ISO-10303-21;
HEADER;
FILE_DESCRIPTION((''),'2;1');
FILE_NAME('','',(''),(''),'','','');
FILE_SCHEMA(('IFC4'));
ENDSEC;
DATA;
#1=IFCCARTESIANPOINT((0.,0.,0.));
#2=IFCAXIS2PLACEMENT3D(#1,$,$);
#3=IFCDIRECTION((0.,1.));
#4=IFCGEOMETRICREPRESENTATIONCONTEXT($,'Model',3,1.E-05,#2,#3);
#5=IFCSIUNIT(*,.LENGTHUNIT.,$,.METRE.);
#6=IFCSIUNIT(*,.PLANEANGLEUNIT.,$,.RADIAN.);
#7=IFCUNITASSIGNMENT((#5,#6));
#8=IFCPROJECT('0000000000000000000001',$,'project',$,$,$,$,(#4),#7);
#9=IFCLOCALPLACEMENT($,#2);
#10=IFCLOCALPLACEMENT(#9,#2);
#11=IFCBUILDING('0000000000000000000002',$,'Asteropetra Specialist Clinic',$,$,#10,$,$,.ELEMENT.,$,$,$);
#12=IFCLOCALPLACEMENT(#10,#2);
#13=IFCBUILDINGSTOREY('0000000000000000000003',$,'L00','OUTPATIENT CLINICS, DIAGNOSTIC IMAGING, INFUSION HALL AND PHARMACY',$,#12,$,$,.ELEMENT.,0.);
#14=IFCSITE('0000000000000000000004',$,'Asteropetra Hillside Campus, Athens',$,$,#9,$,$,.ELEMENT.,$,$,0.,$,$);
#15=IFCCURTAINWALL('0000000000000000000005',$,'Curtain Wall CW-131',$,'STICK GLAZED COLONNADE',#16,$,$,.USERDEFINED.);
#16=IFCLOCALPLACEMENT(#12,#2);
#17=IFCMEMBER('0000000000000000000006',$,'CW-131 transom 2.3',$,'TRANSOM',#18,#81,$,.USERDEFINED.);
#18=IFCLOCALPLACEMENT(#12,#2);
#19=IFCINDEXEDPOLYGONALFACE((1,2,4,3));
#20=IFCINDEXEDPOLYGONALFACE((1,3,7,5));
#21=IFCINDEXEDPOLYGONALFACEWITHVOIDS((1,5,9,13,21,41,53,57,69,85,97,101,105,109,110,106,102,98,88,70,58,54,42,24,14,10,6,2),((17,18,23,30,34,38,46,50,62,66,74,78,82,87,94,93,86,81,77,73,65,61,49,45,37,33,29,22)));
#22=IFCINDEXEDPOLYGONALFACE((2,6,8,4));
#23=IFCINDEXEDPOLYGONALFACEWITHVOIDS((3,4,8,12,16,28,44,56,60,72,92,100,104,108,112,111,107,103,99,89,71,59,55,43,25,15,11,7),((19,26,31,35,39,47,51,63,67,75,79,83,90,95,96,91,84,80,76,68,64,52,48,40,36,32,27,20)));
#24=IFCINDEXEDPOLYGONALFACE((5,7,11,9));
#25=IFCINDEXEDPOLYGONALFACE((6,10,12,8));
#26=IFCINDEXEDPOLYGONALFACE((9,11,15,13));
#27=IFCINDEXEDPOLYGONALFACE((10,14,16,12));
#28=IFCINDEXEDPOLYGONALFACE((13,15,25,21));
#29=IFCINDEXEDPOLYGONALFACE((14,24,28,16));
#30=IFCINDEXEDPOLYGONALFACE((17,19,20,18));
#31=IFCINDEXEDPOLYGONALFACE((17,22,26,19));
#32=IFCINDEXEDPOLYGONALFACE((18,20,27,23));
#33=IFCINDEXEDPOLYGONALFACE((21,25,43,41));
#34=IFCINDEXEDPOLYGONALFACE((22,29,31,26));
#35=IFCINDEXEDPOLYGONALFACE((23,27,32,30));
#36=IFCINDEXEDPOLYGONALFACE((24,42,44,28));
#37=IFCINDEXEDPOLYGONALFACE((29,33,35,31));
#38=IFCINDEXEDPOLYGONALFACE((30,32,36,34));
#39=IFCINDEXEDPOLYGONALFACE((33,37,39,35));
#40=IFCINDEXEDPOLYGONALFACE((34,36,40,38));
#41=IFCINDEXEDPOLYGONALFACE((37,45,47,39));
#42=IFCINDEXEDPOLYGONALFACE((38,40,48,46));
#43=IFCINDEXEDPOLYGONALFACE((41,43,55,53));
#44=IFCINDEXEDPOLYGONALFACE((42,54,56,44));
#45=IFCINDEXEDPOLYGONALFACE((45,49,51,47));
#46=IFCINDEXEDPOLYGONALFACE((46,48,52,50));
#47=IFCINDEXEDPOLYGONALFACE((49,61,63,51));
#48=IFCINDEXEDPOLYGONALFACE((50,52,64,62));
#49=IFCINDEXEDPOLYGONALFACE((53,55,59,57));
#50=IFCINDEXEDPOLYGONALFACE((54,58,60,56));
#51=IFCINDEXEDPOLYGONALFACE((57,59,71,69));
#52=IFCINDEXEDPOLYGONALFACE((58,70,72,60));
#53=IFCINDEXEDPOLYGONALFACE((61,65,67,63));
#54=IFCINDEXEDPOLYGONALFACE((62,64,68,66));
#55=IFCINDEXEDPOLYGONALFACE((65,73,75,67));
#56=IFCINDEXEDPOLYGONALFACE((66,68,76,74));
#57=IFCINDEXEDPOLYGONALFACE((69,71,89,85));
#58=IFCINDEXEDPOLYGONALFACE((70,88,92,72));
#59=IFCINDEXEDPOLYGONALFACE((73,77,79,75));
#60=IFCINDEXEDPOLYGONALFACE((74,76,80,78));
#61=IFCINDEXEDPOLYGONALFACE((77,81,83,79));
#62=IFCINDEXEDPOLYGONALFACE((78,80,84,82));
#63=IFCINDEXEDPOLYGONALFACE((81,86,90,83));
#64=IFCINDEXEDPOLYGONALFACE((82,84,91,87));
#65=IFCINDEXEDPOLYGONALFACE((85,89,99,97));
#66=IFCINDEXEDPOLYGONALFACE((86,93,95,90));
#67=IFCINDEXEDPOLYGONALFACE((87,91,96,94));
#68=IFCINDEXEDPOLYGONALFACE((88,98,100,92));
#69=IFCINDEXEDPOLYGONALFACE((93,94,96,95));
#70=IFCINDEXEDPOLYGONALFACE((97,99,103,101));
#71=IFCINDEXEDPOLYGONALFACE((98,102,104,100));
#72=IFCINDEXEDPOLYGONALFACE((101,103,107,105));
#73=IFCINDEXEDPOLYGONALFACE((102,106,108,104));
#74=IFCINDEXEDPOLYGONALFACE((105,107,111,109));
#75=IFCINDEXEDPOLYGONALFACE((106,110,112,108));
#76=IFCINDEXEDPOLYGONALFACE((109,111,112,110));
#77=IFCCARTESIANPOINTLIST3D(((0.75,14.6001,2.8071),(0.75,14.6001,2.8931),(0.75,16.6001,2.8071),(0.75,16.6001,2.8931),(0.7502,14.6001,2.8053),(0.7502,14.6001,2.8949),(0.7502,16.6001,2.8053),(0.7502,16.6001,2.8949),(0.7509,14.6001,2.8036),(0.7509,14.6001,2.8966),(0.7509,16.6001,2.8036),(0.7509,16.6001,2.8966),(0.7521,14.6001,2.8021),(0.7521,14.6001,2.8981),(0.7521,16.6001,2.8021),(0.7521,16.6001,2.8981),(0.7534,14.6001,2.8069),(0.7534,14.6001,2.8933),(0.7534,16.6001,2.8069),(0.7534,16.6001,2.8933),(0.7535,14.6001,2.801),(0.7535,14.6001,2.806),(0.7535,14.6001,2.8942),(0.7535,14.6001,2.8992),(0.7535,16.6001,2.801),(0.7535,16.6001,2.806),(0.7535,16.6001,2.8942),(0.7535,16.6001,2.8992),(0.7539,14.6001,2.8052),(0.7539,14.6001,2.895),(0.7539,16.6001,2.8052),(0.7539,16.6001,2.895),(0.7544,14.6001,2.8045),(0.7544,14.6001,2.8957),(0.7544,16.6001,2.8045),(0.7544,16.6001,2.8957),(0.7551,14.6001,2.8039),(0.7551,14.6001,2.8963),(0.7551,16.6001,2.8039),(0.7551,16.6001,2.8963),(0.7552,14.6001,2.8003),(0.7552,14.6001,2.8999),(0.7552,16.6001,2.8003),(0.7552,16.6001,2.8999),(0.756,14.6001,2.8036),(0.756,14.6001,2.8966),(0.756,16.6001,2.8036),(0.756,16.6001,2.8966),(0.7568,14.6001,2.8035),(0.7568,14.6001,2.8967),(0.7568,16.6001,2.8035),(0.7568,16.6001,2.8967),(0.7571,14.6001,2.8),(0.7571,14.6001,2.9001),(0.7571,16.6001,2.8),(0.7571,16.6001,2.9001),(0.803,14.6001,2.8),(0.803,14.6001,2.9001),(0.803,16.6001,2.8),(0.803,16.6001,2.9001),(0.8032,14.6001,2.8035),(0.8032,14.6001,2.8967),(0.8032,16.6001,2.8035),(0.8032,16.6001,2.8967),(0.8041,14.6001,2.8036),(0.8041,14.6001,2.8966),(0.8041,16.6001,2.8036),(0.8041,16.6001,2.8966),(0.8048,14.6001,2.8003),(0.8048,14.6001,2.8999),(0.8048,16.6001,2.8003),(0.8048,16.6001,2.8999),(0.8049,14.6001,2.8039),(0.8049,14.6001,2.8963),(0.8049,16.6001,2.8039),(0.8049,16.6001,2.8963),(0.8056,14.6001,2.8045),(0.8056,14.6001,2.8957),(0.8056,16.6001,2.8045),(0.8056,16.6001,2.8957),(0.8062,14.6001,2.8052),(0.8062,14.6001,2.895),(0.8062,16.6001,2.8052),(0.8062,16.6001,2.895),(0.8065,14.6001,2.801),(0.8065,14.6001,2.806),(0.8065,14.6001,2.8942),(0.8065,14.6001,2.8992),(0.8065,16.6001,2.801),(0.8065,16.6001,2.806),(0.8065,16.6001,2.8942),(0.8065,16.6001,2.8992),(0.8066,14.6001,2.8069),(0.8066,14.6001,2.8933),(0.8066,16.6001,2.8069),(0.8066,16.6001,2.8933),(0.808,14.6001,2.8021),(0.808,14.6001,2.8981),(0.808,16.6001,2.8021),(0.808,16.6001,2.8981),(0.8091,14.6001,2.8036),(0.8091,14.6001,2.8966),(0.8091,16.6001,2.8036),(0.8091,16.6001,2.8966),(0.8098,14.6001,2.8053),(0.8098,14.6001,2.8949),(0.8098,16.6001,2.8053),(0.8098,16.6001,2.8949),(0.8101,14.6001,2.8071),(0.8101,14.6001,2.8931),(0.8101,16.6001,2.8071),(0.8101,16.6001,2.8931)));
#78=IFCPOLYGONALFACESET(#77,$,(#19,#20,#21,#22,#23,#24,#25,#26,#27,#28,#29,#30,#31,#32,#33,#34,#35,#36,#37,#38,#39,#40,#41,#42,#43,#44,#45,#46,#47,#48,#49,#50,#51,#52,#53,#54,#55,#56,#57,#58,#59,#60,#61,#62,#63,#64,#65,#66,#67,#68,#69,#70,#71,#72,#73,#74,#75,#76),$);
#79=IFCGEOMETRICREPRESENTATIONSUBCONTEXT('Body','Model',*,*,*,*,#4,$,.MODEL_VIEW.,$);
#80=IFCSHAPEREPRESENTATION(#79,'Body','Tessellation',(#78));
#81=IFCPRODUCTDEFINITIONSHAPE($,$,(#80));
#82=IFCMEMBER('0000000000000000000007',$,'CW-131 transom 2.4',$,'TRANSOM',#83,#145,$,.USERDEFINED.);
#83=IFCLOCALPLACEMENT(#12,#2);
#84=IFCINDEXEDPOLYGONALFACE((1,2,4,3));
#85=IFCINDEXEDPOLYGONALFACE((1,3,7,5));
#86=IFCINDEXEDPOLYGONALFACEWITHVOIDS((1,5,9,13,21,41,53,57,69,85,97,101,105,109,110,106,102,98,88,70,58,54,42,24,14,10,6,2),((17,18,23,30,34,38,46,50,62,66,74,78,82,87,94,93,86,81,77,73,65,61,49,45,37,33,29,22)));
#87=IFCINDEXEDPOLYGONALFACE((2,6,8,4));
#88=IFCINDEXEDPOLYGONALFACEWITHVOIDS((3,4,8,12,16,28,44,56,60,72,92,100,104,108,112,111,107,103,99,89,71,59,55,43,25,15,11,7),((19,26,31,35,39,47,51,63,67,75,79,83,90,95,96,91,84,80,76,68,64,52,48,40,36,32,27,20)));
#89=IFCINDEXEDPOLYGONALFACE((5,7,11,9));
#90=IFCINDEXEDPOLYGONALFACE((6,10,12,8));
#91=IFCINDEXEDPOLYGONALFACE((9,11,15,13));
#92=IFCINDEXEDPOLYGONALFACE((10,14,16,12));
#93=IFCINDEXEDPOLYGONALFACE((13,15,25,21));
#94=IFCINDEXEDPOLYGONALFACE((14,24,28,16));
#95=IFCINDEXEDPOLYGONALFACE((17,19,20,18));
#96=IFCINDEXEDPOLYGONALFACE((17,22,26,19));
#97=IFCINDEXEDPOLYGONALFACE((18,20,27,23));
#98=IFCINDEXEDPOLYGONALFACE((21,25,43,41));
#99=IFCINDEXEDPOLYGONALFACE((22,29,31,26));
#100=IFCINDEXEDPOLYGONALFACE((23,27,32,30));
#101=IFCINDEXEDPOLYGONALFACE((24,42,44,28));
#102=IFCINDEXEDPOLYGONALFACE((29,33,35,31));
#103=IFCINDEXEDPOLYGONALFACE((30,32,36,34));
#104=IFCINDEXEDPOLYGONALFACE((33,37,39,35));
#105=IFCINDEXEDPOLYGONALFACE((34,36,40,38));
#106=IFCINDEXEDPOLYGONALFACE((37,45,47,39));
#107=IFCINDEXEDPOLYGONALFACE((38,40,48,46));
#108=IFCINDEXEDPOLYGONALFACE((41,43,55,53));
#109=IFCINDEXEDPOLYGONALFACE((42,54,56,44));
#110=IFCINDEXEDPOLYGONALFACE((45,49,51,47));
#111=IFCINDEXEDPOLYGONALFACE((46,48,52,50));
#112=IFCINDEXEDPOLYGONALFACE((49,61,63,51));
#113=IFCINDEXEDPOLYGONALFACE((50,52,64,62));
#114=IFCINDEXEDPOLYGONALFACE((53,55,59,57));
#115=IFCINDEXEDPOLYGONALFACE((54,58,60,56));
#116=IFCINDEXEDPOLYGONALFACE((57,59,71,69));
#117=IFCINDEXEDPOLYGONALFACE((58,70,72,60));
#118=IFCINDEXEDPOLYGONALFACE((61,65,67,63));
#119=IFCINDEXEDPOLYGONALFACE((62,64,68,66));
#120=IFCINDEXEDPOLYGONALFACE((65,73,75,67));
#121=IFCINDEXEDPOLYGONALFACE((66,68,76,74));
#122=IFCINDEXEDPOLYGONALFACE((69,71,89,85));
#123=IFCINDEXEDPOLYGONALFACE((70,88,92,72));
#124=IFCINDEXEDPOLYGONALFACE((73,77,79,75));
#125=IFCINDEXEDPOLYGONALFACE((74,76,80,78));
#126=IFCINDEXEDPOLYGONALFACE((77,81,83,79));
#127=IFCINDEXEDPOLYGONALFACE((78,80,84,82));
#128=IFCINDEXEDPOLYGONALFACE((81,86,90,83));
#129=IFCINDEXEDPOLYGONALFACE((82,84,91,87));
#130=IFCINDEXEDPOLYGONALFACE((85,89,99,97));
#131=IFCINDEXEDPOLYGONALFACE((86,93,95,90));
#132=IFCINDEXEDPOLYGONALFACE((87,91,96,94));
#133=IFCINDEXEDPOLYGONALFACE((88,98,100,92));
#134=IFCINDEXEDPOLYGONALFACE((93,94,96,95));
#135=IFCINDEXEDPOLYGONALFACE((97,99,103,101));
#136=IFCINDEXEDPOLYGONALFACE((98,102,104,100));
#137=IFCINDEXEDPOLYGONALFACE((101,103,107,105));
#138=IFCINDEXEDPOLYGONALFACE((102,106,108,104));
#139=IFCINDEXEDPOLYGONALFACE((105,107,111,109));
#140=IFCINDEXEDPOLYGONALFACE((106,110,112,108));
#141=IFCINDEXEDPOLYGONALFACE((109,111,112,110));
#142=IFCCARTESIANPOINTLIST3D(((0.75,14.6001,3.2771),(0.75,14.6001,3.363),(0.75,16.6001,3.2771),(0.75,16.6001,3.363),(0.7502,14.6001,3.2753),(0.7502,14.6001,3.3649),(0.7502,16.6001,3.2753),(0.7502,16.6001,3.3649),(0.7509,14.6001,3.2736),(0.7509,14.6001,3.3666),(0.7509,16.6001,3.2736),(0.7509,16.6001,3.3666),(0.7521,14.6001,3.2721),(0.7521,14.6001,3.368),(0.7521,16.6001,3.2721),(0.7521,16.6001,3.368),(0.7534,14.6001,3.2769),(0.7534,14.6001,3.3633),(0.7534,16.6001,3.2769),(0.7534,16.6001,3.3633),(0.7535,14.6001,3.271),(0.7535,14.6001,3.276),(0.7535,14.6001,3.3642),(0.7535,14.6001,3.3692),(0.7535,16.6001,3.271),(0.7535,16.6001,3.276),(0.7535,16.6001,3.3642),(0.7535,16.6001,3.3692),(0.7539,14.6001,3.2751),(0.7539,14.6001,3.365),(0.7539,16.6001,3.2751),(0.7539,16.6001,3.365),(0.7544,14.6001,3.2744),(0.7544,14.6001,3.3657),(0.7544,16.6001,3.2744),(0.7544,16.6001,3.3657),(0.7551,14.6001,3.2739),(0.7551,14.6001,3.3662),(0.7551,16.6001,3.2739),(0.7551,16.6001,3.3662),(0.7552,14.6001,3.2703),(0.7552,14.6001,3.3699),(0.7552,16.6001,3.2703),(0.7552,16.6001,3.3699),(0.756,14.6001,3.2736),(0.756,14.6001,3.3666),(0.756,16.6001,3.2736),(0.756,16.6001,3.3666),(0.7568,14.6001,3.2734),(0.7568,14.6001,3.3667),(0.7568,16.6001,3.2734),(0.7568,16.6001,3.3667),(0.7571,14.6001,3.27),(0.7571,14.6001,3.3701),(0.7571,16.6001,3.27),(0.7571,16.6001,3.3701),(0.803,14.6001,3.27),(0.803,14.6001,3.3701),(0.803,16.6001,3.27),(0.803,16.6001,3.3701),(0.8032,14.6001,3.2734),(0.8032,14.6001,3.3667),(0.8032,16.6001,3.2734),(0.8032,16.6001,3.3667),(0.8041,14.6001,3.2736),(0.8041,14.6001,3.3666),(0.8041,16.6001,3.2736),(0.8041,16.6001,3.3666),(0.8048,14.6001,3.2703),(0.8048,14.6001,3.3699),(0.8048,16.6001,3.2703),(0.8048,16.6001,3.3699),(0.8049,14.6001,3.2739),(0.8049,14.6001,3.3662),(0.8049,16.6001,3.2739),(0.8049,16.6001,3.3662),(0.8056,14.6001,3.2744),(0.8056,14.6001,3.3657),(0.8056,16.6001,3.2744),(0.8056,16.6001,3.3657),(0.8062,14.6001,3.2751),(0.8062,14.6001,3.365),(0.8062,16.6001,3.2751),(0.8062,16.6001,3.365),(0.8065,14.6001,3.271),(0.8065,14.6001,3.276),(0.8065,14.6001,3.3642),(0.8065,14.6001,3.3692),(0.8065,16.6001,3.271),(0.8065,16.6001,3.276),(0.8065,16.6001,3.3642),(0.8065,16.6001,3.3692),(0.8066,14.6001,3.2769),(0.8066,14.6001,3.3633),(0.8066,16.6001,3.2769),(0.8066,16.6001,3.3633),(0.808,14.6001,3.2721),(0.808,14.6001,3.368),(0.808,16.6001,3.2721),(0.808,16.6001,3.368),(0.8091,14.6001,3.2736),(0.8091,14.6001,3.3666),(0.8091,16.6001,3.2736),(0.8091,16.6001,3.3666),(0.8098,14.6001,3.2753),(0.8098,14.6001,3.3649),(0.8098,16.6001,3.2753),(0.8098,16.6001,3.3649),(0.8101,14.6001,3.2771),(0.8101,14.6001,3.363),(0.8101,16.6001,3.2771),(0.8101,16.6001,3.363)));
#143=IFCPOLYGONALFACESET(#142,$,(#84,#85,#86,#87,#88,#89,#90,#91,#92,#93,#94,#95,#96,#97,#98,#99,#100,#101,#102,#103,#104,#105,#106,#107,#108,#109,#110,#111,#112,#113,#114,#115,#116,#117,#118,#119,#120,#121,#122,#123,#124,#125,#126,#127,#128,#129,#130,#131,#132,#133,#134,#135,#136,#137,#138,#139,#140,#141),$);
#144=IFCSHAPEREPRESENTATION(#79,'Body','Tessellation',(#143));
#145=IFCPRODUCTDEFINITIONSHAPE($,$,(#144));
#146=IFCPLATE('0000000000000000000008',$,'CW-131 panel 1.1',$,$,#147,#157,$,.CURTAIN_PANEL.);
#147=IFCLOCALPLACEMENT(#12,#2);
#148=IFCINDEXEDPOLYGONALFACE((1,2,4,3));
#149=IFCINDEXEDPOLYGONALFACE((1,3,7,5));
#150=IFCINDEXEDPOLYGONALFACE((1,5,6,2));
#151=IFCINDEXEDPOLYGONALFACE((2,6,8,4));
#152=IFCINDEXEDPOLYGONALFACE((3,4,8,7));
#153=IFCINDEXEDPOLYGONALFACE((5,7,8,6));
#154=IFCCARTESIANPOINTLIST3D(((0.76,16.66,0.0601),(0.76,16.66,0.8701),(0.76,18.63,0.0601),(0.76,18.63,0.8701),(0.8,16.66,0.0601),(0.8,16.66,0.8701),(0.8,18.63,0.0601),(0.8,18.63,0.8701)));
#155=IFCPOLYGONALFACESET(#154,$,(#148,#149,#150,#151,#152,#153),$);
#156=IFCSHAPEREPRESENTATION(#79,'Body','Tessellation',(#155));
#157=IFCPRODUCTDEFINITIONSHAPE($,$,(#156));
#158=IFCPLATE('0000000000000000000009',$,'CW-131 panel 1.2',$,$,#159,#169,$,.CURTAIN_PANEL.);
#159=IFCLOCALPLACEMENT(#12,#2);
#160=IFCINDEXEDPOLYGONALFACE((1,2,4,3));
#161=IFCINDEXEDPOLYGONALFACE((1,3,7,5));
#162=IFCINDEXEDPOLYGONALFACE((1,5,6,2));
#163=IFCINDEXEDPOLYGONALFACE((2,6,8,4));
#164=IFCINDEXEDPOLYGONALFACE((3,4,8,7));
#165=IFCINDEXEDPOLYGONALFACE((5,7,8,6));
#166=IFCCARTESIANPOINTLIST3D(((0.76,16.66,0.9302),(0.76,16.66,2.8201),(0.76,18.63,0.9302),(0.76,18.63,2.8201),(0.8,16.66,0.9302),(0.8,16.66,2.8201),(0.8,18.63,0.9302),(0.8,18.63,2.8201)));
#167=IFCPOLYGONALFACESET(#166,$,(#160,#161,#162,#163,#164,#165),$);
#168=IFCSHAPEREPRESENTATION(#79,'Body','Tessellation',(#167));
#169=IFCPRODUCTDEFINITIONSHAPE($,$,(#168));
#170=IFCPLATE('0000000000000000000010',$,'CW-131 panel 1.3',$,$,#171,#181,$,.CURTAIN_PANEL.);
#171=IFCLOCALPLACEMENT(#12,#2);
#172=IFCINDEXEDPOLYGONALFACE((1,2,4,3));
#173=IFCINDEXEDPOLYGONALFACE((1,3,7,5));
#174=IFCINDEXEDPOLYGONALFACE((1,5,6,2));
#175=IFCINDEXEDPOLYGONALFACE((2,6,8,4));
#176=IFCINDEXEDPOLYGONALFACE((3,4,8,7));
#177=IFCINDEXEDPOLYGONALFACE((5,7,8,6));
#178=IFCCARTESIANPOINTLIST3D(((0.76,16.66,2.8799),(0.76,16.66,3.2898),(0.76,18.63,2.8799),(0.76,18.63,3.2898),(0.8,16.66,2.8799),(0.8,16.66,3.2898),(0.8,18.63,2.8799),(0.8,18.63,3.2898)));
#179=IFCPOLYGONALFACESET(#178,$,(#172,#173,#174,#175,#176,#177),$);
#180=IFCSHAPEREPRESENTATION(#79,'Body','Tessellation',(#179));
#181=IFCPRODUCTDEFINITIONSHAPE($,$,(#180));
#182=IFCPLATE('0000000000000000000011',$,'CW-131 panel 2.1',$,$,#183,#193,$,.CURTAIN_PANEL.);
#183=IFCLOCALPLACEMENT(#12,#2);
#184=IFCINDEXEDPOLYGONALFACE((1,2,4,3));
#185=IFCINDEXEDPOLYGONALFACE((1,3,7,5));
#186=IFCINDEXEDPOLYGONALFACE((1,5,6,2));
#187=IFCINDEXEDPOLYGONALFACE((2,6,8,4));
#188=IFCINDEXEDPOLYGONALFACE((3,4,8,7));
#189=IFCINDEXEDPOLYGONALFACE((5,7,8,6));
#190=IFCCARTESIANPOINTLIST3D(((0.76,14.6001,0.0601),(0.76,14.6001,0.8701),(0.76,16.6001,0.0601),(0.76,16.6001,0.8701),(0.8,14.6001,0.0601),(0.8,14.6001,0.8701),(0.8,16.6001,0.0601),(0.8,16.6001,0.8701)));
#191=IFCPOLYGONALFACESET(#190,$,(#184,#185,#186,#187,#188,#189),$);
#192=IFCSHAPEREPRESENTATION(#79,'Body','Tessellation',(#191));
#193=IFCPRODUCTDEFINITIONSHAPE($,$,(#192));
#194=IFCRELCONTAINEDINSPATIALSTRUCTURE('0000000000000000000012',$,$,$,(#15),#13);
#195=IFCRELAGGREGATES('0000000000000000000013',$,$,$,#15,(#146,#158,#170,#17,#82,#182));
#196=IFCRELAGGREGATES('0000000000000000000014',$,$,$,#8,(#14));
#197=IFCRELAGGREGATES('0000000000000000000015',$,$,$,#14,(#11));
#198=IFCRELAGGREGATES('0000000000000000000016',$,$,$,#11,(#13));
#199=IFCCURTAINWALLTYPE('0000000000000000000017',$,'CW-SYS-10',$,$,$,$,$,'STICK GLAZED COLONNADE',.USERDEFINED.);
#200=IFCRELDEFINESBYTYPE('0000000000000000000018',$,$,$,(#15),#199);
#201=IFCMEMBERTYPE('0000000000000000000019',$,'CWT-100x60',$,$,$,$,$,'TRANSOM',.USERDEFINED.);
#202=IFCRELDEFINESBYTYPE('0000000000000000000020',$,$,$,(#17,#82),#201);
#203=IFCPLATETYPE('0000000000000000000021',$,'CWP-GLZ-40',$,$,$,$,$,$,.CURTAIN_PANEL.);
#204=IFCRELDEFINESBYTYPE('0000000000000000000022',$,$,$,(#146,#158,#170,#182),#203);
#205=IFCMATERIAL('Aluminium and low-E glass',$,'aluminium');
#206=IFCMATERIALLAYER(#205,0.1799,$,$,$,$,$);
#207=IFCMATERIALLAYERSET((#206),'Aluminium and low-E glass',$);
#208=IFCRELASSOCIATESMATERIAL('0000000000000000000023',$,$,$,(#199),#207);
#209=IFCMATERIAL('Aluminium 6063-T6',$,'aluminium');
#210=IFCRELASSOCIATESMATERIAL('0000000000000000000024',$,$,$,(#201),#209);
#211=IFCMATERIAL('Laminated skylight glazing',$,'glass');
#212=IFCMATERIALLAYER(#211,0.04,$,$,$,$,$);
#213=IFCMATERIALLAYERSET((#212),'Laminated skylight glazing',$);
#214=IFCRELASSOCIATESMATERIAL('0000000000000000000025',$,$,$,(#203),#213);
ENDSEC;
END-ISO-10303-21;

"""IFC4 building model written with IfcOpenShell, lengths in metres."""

from ifc_helpers import new_model, si_unit, direction, frame, origin, origin_2d, place, context, subcontext, project, spatial, rectangle, hollow_rectangle, extrude, material, layer, layer_set, material_profile, profile_set, type_object, element, aggregate, save


model = new_model("IFC4")

# Units and contexts
model_context = context("Model", 3, precision=1e-05, world=origin(), true_north=direction((0.0, 1.0)))
body_context = subcontext(model_context, "Body", "Model", "MODEL_VIEW")
ifc_project = project(units=[si_unit("LENGTHUNIT", "METRE"), si_unit("PLANEANGLEUNIT", "RADIAN")], contexts=[model_context])

# Site, building, storey
site_placement = place(None, origin())
site = spatial("IfcSite", under=ifc_project, at=site_placement, Name="Asteropetra Hillside Campus, Athens", CompositionType="ELEMENT", RefElevation=0.0)
building_placement = place(site_placement, origin())
building = spatial("IfcBuilding", under=site, at=building_placement, Name="Asteropetra Specialist Clinic", CompositionType="ELEMENT")
storey_placement = place(building_placement, origin())
storey = spatial("IfcBuildingStorey", under=building, at=storey_placement, Name="L00", Description="OUTPATIENT CLINICS, DIAGNOSTIC IMAGING, INFUSION HALL AND PHARMACY", CompositionType="ELEMENT", Elevation=0.0)

# Curtain wall, members, plates
ifc_material_1 = material(Name="Aluminium and low-E glass", Category="aluminium")
ifc_layer_1 = layer(ifc_material_1, 0.1799)
ifc_layer_set_1 = layer_set([ifc_layer_1], Name="Aluminium and low-E glass")
curtain_wall_type = type_object("IfcCurtainWallType", Name="CW-SYS-10", ElementType="STICK GLAZED COLONNADE", PredefinedType="USERDEFINED", material=ifc_layer_set_1)
curtain_wall_placement = place(storey_placement, origin())
curtain_wall = element("IfcCurtainWall", 1, at=curtain_wall_placement, inside=storey, type_object=curtain_wall_type, Name="Curtain Wall CW-131", ObjectType="STICK GLAZED COLONNADE", PredefinedType="USERDEFINED")
ifc_material_2 = material(Name="Aluminium 6063-T6", Category="aluminium")
ifc_material_profile_1 = material_profile(ifc_material_2, hollow_rectangle(XDim=0.0601, YDim=0.1001, WallThickness=0.0034, InnerFilletRadius=0.0034, OuterFilletRadius=0.0071, at=origin_2d()), Name="TRN 100x60x3.5")
ifc_profile_set_1 = profile_set([ifc_material_profile_1], Name="Aluminium 6063-T6")
member_type_1 = type_object("IfcMemberType", Name="CWT-100x60", ElementType="TRANSOM", PredefinedType="USERDEFINED", material=ifc_profile_set_1)
member_1_placement = place(storey_placement, frame((0.78, 16.6001, 2.8501), z_axis=(0.0, -1.0, 0.0), x_axis=(1.0, 0.0, 0.0)))
member_1 = element("IfcMember", 2, at=member_1_placement, type_object=member_type_1, Name="CW-131 transom 2.3", ObjectType="TRANSOM", PredefinedType="USERDEFINED", context=body_context, shape_type="SweptSolid", body=[
    extrude(hollow_rectangle(XDim=0.0601, YDim=0.1001, WallThickness=0.0034, InnerFilletRadius=0.0034, OuterFilletRadius=0.0071, at=origin_2d()), origin(), (0.0, 0.0, 1.0), 2.0),
])
member_2_placement = place(storey_placement, frame((0.78, 16.6001, 3.3201), z_axis=(0.0, -1.0, 0.0), x_axis=(1.0, 0.0, 0.0)))
member_2 = element("IfcMember", 3, at=member_2_placement, type_object=member_type_1, Name="CW-131 transom 2.4", ObjectType="TRANSOM", PredefinedType="USERDEFINED", context=body_context, shape_type="SweptSolid", body=[
    extrude(hollow_rectangle(XDim=0.0601, YDim=0.1001, WallThickness=0.0034, InnerFilletRadius=0.0034, OuterFilletRadius=0.0071, at=origin_2d()), origin(), (0.0, 0.0, 1.0), 2.0),
])
ifc_material_3 = material(Name="Laminated skylight glazing", Category="glass")
ifc_layer_2 = layer(ifc_material_3, 0.04)
ifc_layer_set_2 = layer_set([ifc_layer_2], Name="Laminated skylight glazing")
plate_type = type_object("IfcPlateType", Name="CWP-GLZ-40", PredefinedType="CURTAIN_PANEL", material=ifc_layer_set_2)
plate_1_placement = place(storey_placement, frame((0.78, 17.645, 0.0601), z_axis=(0.0, 0.0, 1.0), x_axis=(0.0, -1.0, 0.0)))
plate_1 = element("IfcPlate", 4, at=plate_1_placement, type_object=plate_type, Name="CW-131 panel 1.1", PredefinedType="CURTAIN_PANEL", context=body_context, shape_type="SweptSolid", body=[
    extrude(rectangle(XDim=1.97, YDim=0.04, at=origin_2d()), origin(), (0.0, 0.0, 1.0), 0.8101),
])
plate_2_placement = place(storey_placement, frame((0.78, 17.645, 0.9302), z_axis=(0.0, 0.0, 1.0), x_axis=(0.0, -1.0, 0.0)))
plate_2 = element("IfcPlate", 5, at=plate_2_placement, type_object=plate_type, Name="CW-131 panel 1.2", PredefinedType="CURTAIN_PANEL", context=body_context, shape_type="SweptSolid", body=[
    extrude(rectangle(XDim=1.97, YDim=0.04, at=origin_2d()), origin(), (0.0, 0.0, 1.0), 1.8899),
])
plate_3_placement = place(storey_placement, frame((0.78, 17.645, 2.8799), z_axis=(0.0, 0.0, 1.0), x_axis=(0.0, -1.0, 0.0)))
plate_3 = element("IfcPlate", 6, at=plate_3_placement, type_object=plate_type, Name="CW-131 panel 1.3", PredefinedType="CURTAIN_PANEL", context=body_context, shape_type="SweptSolid", body=[
    extrude(rectangle(XDim=1.97, YDim=0.04, at=origin_2d()), origin(), (0.0, 0.0, 1.0), 0.4099),
])
plate_4_placement = place(storey_placement, frame((0.78, 15.6001, 0.0601), z_axis=(0.0, 0.0, 1.0), x_axis=(0.0, -1.0, 0.0)))
plate_4 = element("IfcPlate", 7, at=plate_4_placement, type_object=plate_type, Name="CW-131 panel 2.1", PredefinedType="CURTAIN_PANEL", context=body_context, shape_type="SweptSolid", body=[
    extrude(rectangle(XDim=2.0, YDim=0.04, at=origin_2d()), origin(), (0.0, 0.0, 1.0), 0.8101),
])
aggregate(curtain_wall, [plate_1, plate_2, plate_3, member_1, member_2, plate_4])

save(model, "model.ifc")
